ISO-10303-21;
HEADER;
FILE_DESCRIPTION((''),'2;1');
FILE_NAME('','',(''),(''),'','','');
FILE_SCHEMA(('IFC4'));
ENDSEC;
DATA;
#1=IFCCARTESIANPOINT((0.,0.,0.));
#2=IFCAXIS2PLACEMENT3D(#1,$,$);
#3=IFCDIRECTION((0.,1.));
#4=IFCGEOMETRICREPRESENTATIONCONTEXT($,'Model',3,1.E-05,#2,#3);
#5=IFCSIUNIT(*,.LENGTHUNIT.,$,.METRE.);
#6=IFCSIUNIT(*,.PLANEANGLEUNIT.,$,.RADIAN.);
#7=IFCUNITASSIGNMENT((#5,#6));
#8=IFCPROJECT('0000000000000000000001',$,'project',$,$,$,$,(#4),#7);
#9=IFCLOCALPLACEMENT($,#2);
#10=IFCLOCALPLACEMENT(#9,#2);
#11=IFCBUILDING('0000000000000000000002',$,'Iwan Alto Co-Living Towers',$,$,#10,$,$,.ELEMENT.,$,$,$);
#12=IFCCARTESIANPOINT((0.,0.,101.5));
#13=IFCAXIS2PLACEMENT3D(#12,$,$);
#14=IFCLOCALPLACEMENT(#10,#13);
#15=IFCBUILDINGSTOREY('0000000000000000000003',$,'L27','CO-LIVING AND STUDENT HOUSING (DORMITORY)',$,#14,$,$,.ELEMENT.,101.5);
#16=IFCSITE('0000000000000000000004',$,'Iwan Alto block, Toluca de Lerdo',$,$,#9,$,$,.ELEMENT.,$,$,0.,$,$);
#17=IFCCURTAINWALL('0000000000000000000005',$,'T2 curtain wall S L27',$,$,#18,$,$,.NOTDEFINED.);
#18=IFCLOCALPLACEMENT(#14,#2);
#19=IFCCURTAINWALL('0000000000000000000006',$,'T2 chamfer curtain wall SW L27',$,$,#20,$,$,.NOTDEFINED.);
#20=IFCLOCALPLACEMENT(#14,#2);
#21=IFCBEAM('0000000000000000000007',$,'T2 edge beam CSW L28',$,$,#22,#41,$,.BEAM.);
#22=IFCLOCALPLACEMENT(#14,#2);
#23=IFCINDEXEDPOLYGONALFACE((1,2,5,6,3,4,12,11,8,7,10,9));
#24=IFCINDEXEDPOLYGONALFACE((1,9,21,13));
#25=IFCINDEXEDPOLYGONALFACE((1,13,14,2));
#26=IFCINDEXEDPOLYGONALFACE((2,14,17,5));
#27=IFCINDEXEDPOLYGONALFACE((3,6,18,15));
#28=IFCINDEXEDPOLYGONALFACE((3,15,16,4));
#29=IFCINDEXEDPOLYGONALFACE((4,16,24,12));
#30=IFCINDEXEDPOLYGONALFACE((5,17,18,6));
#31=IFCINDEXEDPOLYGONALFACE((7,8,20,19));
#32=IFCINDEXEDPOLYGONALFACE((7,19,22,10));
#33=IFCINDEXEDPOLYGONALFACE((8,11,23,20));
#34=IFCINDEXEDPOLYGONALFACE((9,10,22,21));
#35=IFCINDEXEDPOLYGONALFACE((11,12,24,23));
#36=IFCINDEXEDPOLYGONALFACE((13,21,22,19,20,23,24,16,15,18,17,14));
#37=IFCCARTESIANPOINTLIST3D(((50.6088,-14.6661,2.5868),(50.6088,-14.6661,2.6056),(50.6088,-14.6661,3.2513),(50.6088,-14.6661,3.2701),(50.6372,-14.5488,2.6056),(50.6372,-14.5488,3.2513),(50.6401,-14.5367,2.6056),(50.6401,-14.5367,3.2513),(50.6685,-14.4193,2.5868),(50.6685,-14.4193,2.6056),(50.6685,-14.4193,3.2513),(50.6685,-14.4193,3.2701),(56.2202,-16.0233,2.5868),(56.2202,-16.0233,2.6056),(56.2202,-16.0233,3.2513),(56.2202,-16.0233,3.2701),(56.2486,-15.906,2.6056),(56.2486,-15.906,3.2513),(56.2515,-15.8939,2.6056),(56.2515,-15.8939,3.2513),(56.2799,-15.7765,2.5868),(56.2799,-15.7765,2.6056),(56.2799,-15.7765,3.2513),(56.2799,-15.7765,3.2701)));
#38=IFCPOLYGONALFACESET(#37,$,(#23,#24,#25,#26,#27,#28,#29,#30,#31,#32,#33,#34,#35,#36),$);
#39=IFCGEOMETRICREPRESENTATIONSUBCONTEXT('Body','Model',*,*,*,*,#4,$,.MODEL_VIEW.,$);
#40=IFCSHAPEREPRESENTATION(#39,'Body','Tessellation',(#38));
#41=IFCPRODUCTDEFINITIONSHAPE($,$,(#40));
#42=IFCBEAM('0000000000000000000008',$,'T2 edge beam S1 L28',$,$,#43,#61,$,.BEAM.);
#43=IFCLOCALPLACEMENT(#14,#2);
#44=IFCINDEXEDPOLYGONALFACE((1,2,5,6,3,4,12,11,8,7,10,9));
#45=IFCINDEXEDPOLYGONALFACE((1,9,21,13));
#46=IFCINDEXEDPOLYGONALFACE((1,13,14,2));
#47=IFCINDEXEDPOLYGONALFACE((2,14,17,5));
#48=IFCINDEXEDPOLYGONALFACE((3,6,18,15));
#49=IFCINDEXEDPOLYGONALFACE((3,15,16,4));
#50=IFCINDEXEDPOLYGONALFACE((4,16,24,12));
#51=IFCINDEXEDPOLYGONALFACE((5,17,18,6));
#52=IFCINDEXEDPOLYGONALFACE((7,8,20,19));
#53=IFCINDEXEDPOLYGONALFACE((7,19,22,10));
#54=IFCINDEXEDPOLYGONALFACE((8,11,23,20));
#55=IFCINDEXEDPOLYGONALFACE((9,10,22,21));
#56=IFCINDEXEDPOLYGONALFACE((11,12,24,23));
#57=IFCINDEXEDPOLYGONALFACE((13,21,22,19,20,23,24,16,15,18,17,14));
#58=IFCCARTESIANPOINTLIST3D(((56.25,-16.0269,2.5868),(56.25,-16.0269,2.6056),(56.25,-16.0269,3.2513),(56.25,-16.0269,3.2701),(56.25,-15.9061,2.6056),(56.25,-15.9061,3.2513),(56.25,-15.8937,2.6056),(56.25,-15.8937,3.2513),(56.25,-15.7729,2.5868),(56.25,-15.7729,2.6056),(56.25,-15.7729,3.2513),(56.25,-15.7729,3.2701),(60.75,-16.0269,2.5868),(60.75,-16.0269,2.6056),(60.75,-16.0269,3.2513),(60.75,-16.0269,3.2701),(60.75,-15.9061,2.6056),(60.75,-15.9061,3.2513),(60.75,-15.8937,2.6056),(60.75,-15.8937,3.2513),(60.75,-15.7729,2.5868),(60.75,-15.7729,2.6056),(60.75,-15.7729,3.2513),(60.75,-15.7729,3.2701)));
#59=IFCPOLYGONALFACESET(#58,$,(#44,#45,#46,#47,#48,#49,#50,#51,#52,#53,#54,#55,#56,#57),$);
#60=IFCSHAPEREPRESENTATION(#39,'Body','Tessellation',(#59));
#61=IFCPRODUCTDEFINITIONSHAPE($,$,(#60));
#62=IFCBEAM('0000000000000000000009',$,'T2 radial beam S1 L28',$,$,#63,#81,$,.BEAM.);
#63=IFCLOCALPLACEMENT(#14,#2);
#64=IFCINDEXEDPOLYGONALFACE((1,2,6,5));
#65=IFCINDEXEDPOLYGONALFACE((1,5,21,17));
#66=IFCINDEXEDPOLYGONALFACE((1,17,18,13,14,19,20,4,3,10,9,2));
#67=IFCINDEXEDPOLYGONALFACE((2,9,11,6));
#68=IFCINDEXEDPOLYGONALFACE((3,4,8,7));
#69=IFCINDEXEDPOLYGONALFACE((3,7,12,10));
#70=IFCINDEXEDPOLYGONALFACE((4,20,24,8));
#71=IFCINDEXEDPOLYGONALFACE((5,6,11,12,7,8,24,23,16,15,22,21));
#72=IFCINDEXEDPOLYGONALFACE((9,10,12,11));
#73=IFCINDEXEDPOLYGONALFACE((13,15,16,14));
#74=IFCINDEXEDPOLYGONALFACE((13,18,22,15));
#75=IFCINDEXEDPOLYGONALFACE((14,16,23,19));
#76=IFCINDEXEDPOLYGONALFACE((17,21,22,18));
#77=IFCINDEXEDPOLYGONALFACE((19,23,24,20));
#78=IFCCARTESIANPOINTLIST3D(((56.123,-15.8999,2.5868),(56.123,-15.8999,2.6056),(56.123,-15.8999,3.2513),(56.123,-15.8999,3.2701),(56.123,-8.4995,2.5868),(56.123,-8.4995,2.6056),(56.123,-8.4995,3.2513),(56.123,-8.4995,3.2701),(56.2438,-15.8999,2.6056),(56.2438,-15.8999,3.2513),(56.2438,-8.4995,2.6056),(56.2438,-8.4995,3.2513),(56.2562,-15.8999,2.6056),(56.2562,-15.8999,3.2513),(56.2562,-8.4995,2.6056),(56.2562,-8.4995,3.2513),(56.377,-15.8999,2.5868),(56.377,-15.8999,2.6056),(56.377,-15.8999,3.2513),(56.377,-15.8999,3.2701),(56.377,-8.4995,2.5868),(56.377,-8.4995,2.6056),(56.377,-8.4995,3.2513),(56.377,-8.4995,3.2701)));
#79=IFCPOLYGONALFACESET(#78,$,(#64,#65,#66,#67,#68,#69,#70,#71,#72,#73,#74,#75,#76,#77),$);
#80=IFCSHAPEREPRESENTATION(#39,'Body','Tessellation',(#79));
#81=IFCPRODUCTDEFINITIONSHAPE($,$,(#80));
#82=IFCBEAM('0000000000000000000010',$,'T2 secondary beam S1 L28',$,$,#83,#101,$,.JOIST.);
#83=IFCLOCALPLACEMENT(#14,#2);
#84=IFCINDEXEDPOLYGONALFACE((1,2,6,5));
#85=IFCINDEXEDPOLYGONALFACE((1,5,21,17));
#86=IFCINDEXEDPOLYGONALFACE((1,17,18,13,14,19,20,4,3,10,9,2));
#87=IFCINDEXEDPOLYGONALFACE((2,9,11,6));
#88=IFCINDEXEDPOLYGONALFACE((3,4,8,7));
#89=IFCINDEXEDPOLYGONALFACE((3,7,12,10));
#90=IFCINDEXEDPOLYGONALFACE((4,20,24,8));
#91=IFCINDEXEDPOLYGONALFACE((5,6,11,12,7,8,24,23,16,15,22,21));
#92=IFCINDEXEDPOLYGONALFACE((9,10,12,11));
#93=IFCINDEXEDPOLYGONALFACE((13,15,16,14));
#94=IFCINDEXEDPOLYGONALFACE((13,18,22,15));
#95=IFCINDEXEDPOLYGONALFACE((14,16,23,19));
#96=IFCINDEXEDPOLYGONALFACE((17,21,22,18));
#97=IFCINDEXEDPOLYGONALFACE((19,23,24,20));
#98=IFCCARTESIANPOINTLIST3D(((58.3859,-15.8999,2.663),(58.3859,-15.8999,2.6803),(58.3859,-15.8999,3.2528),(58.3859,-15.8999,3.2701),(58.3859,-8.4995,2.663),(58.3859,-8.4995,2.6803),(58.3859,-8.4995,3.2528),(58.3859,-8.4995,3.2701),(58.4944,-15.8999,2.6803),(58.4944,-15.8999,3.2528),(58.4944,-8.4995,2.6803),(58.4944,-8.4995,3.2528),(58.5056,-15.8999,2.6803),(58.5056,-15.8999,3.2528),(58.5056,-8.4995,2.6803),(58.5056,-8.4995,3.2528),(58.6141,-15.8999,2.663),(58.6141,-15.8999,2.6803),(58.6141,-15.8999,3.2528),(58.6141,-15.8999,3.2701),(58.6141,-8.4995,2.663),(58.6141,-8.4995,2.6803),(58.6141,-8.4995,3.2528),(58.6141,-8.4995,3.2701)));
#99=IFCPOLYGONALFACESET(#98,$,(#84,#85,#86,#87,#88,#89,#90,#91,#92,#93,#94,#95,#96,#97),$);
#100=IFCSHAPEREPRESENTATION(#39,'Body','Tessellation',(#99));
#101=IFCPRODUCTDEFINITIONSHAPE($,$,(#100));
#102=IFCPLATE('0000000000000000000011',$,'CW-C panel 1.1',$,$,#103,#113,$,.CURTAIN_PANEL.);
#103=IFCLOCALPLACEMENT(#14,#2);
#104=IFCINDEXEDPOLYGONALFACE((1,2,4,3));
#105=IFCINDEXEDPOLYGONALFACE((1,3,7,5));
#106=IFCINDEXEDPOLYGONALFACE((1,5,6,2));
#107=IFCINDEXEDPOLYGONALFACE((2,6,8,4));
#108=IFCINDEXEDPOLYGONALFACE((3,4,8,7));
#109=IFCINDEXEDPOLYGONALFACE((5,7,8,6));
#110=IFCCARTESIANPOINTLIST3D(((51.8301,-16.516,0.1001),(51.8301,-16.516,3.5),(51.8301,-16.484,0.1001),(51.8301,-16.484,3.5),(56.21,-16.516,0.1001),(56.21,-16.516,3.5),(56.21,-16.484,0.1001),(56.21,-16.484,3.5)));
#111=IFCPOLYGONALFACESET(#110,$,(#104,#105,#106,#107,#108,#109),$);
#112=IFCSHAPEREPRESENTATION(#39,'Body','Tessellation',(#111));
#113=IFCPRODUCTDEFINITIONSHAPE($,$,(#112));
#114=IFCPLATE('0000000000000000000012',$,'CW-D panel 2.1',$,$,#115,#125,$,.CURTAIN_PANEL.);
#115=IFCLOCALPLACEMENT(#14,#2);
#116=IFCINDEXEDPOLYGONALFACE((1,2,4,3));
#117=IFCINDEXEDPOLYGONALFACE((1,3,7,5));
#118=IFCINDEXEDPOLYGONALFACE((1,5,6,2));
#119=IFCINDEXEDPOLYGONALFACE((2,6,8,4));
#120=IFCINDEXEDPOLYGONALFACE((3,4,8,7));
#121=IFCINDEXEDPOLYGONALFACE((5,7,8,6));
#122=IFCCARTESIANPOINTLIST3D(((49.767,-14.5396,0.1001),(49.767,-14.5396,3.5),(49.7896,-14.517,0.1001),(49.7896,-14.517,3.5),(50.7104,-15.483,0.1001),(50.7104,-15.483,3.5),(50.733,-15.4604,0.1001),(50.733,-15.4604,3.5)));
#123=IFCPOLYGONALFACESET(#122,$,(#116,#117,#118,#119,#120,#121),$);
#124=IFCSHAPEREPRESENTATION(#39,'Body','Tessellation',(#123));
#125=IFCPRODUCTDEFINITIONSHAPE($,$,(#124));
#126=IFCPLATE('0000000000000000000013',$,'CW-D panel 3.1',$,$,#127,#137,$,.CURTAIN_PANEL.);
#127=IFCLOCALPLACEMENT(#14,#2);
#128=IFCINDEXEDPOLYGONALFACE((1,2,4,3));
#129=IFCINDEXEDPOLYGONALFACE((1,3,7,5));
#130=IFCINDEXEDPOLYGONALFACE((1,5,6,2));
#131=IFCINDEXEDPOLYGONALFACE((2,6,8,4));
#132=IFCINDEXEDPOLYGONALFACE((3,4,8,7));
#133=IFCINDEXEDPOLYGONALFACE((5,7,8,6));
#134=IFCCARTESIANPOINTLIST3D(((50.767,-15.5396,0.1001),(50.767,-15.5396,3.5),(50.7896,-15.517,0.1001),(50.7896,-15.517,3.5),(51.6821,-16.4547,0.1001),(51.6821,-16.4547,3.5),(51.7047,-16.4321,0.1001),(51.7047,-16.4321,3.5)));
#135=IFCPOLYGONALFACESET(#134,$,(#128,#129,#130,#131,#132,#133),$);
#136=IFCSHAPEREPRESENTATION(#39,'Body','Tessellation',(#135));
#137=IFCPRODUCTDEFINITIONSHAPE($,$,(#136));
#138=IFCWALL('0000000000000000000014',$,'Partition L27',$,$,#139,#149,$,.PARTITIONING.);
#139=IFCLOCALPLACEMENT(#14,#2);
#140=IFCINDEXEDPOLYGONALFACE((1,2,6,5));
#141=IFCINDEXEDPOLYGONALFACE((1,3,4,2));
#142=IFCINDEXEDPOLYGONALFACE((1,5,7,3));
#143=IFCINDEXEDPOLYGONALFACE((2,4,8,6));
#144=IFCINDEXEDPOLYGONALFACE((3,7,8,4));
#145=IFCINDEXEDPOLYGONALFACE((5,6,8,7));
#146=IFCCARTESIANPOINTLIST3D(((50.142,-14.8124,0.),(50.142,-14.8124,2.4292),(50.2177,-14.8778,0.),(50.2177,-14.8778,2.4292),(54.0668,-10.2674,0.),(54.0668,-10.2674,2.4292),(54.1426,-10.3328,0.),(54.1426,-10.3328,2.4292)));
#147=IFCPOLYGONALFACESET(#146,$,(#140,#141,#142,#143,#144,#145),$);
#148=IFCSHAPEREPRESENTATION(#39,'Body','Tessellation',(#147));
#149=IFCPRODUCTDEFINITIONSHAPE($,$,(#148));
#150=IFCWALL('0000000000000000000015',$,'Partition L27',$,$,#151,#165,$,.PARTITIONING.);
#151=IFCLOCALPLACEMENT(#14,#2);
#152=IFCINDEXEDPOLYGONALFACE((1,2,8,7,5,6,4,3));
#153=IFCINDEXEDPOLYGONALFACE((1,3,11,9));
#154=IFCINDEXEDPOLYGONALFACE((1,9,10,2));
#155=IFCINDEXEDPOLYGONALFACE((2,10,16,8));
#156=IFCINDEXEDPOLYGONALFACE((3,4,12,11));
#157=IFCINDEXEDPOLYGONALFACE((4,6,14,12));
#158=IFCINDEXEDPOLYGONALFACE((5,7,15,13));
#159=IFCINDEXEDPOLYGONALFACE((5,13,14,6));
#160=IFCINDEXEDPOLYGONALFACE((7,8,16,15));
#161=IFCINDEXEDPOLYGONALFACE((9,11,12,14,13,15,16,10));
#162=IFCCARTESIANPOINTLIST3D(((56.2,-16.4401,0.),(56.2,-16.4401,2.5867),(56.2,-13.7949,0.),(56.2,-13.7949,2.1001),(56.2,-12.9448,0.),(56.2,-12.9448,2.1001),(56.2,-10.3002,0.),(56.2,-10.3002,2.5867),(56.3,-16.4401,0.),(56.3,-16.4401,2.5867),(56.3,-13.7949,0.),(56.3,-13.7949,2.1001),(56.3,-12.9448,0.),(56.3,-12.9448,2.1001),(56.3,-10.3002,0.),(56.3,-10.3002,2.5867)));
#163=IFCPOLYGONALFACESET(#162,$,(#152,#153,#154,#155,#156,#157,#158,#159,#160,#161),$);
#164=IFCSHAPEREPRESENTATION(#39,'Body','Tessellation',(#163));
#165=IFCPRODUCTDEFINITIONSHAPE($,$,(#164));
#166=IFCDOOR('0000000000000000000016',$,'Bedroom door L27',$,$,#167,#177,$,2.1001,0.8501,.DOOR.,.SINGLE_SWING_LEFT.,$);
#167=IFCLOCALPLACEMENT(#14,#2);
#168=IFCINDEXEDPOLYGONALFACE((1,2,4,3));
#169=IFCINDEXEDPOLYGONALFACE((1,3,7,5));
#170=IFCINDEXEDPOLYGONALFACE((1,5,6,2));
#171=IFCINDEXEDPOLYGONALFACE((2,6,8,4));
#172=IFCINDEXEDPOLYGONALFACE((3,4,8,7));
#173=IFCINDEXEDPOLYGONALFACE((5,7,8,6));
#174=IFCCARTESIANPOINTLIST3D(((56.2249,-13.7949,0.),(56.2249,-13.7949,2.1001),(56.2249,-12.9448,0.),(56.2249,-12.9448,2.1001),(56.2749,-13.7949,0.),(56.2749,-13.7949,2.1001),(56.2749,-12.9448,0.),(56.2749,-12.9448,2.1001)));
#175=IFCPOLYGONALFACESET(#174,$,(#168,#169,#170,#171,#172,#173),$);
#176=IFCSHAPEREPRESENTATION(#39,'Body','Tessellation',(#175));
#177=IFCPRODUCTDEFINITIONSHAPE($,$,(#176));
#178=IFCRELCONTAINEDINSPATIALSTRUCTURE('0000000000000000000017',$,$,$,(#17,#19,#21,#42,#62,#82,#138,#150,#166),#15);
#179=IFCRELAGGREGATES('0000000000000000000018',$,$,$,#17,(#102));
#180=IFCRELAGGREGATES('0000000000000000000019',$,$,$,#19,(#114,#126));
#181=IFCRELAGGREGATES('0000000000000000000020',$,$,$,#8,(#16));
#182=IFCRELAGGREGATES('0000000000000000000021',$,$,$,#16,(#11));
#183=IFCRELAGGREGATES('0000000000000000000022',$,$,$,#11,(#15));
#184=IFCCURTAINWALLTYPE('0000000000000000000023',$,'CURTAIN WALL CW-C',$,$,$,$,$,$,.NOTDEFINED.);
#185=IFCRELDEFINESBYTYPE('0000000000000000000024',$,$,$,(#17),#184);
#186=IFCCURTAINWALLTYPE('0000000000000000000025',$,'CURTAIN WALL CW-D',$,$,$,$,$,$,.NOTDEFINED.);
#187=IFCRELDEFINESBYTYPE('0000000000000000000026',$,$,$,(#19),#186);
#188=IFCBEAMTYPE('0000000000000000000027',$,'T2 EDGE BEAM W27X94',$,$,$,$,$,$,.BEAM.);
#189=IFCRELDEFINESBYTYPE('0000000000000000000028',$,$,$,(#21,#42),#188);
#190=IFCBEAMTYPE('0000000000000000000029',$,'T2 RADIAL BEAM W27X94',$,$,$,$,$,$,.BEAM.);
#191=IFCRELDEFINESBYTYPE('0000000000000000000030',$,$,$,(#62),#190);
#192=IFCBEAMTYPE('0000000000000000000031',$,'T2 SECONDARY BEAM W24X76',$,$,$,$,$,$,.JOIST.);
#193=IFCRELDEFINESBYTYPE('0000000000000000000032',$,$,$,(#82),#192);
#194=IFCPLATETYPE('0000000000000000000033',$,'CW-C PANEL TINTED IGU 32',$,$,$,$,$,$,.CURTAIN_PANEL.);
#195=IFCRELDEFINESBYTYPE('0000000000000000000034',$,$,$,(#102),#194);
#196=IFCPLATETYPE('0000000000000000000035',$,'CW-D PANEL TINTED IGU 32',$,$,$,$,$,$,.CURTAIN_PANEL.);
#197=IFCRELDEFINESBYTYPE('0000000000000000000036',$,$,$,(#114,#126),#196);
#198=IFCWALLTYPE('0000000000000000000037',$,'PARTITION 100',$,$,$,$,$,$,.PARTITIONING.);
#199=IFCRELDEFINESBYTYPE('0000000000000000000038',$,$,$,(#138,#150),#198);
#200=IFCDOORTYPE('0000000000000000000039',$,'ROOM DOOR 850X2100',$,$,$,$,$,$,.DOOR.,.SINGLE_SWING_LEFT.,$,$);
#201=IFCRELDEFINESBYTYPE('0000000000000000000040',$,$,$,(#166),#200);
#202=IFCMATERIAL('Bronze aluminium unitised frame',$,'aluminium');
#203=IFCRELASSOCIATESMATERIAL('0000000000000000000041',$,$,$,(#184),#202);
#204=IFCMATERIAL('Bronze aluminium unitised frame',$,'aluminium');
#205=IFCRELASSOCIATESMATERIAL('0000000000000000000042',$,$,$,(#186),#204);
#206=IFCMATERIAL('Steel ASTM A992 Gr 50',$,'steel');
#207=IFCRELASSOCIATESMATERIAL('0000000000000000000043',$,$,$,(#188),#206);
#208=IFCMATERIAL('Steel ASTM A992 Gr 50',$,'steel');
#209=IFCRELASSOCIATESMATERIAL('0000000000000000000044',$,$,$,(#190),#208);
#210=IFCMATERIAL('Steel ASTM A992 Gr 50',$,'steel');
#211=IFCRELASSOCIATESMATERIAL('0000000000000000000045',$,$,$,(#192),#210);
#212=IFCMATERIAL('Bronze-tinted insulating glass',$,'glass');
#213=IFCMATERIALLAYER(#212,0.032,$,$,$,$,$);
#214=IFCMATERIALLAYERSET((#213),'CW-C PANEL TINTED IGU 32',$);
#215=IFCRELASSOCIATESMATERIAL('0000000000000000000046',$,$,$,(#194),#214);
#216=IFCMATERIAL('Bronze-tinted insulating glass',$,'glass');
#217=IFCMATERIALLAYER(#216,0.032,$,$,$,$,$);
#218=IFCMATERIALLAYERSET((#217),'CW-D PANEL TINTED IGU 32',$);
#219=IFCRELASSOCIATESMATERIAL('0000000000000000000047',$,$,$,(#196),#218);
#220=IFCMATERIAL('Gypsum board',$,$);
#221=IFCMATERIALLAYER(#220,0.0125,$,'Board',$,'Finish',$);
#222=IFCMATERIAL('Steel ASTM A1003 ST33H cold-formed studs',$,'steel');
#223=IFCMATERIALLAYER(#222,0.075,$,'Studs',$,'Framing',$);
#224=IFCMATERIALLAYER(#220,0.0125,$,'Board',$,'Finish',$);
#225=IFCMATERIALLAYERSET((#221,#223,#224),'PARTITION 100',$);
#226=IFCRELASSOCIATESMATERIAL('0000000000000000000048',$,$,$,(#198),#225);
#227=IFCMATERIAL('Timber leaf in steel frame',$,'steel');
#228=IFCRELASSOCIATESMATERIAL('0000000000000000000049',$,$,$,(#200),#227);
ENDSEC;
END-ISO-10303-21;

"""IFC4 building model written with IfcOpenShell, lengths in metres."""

from ifc_helpers import new_model, si_unit, direction, frame, frame_2d, origin, origin_2d, place, context, subcontext, project, spatial, rectangle, i_section, extrude, material, layer, layer_set, material_profile, profile_set, type_object, element, fill, aggregate, save


model = new_model("IFC4")

# Units and contexts
model_context = context("Model", 3, precision=1e-05, world=origin(), true_north=direction((0.0, 1.0)))
body_context = subcontext(model_context, "Body", "Model", "MODEL_VIEW")
ifc_project = project(units=[si_unit("LENGTHUNIT", "METRE"), si_unit("PLANEANGLEUNIT", "RADIAN")], contexts=[model_context])

# Site, building, storey
site_placement = place(None, origin())
site = spatial("IfcSite", under=ifc_project, at=site_placement, Name="Iwan Alto block, Toluca de Lerdo", CompositionType="ELEMENT", RefElevation=0.0)
building_placement = place(site_placement, origin())
building = spatial("IfcBuilding", under=site, at=building_placement, Name="Iwan Alto Co-Living Towers", CompositionType="ELEMENT")
storey_placement = place(building_placement, frame((0.0, 0.0, 101.5)))
storey = spatial("IfcBuildingStorey", under=building, at=storey_placement, Name="L27", Description="CO-LIVING AND STUDENT HOUSING (DORMITORY)", CompositionType="ELEMENT", Elevation=101.5)

# Curtain walls
ifc_material_1 = material(Name="Bronze aluminium unitised frame", Category="aluminium")
curtain_wall_type_1 = type_object("IfcCurtainWallType", Name="CURTAIN WALL CW-C", PredefinedType="NOTDEFINED", material=ifc_material_1)
curtain_wall_1_placement = place(storey_placement, origin())
curtain_wall_1 = element("IfcCurtainWall", 1, at=curtain_wall_1_placement, inside=storey, type_object=curtain_wall_type_1, Name="T2 curtain wall S L27", PredefinedType="NOTDEFINED")
ifc_material_2 = material(Name="Bronze aluminium unitised frame", Category="aluminium")
curtain_wall_type_2 = type_object("IfcCurtainWallType", Name="CURTAIN WALL CW-D", PredefinedType="NOTDEFINED", material=ifc_material_2)
curtain_wall_2_placement = place(storey_placement, origin())
curtain_wall_2 = element("IfcCurtainWall", 2, at=curtain_wall_2_placement, inside=storey, type_object=curtain_wall_type_2, Name="T2 chamfer curtain wall SW L27", PredefinedType="NOTDEFINED")

# Beams
ifc_material_3 = material(Name="Steel ASTM A992 Gr 50", Category="steel")
ifc_material_profile_1 = material_profile(ifc_material_3, i_section(OverallWidth=0.2539, OverallDepth=0.6833, WebThickness=0.0125, FlangeThickness=0.0188, at=origin_2d()), Name="W27X94")
ifc_profile_set_1 = profile_set([ifc_material_profile_1], Name="Steel ASTM A992 Gr 50")
beam_type_1 = type_object("IfcBeamType", Name="T2 EDGE BEAM W27X94", PredefinedType="BEAM", material=ifc_profile_set_1)
beam_1_placement = place(storey_placement, frame((50.6387, -14.5427, 2.9285), z_axis=(0.971975, -0.235086, 0.0), x_axis=(0.235086, 0.971975, 0.0)))
element("IfcBeam", 3, at=beam_1_placement, inside=storey, type_object=beam_type_1, Name="T2 edge beam CSW L28", PredefinedType="BEAM", context=body_context, shape_type="SweptSolid", body=[
    extrude(i_section(OverallWidth=0.2539, OverallDepth=0.6833, WebThickness=0.0125, FlangeThickness=0.0188, at=origin_2d()), origin(), (0.0, 0.0, 1.0), 5.7732),
])
beam_2_placement = place(storey_placement, frame((56.25, -15.8999, 2.9285), z_axis=(1.0, 0.0, 0.0), x_axis=(0.0, 1.0, 0.0)))
element("IfcBeam", 4, at=beam_2_placement, inside=storey, type_object=beam_type_1, Name="T2 edge beam S1 L28", PredefinedType="BEAM", context=body_context, shape_type="SweptSolid", body=[
    extrude(i_section(OverallWidth=0.2539, OverallDepth=0.6833, WebThickness=0.0125, FlangeThickness=0.0188, at=origin_2d()), origin(), (0.0, 0.0, 1.0), 4.5),
])
ifc_material_4 = material(Name="Steel ASTM A992 Gr 50", Category="steel")
ifc_material_profile_2 = material_profile(ifc_material_4, i_section(OverallWidth=0.2539, OverallDepth=0.6833, WebThickness=0.0125, FlangeThickness=0.0188, at=origin_2d()), Name="W27X94")
ifc_profile_set_2 = profile_set([ifc_material_profile_2], Name="Steel ASTM A992 Gr 50")
beam_type_2 = type_object("IfcBeamType", Name="T2 RADIAL BEAM W27X94", PredefinedType="BEAM", material=ifc_profile_set_2)
beam_3_placement = place(storey_placement, frame((56.25, -15.8999, 2.9285), z_axis=(0.0, 1.0, 0.0), x_axis=(-1.0, 0.0, 0.0)))
element("IfcBeam", 5, at=beam_3_placement, inside=storey, type_object=beam_type_2, Name="T2 radial beam S1 L28", PredefinedType="BEAM", context=body_context, shape_type="SweptSolid", body=[
    extrude(i_section(OverallWidth=0.2539, OverallDepth=0.6833, WebThickness=0.0125, FlangeThickness=0.0188, at=origin_2d()), origin(), (0.0, 0.0, 1.0), 7.4004),
])
ifc_material_5 = material(Name="Steel ASTM A992 Gr 50", Category="steel")
ifc_material_profile_3 = material_profile(ifc_material_5, i_section(OverallWidth=0.2283, OverallDepth=0.6072, WebThickness=0.0112, FlangeThickness=0.0173, at=origin_2d()), Name="W24X76")
ifc_profile_set_3 = profile_set([ifc_material_profile_3], Name="Steel ASTM A992 Gr 50")
beam_type_3 = type_object("IfcBeamType", Name="T2 SECONDARY BEAM W24X76", PredefinedType="JOIST", material=ifc_profile_set_3)
beam_4_placement = place(storey_placement, frame((58.5, -15.8999, 2.9666), z_axis=(0.0, 1.0, 0.0), x_axis=(-1.0, 0.0, 0.0)))
element("IfcBeam", 6, at=beam_4_placement, inside=storey, type_object=beam_type_3, Name="T2 secondary beam S1 L28", PredefinedType="JOIST", context=body_context, shape_type="SweptSolid", body=[
    extrude(i_section(OverallWidth=0.2283, OverallDepth=0.6072, WebThickness=0.0112, FlangeThickness=0.0173, at=origin_2d()), origin(), (0.0, 0.0, 1.0), 7.4004),
])

# Plates
ifc_material_6 = material(Name="Bronze-tinted insulating glass", Category="glass")
ifc_layer_1 = layer(ifc_material_6, 0.032)
ifc_layer_set_1 = layer_set([ifc_layer_1], Name="CW-C PANEL TINTED IGU 32")
plate_type_1 = type_object("IfcPlateType", Name="CW-C PANEL TINTED IGU 32", PredefinedType="CURTAIN_PANEL", material=ifc_layer_set_1)
plate_1_placement = place(storey_placement, frame((54.02, -16.5, 0.1001), z_axis=(0.0, 0.0, 1.0), x_axis=(1.0, 0.0, 0.0)))
plate_1 = element("IfcPlate", 7, at=plate_1_placement, type_object=plate_type_1, Name="CW-C panel 1.1", PredefinedType="CURTAIN_PANEL", context=body_context, shape_type="SweptSolid", body=[
    extrude(rectangle(XDim=4.3799, YDim=0.032, at=origin_2d()), origin(), (0.0, 0.0, 1.0), 3.3999),
])
aggregate(curtain_wall_1, [plate_1])
ifc_material_7 = material(Name="Bronze-tinted insulating glass", Category="glass")
ifc_layer_2 = layer(ifc_material_7, 0.032)
ifc_layer_set_2 = layer_set([ifc_layer_2], Name="CW-D PANEL TINTED IGU 32")
plate_type_2 = type_object("IfcPlateType", Name="CW-D PANEL TINTED IGU 32", PredefinedType="CURTAIN_PANEL", material=ifc_layer_set_2)
plate_2_placement = place(storey_placement, frame((50.25, -15.0, 0.1001), z_axis=(0.0, 0.0, 1.0), x_axis=(0.707107, -0.707107, 0.0)))
plate_2 = element("IfcPlate", 8, at=plate_2_placement, type_object=plate_type_2, Name="CW-D panel 2.1", PredefinedType="CURTAIN_PANEL", context=body_context, shape_type="SweptSolid", body=[
    extrude(rectangle(XDim=1.3342, YDim=0.032, at=origin_2d()), origin(), (0.0, 0.0, 1.0), 3.3999),
])
plate_3_placement = place(storey_placement, frame((51.2358, -15.9858, 0.1001), z_axis=(0.0, 0.0, 1.0), x_axis=(0.707107, -0.707107, 0.0)))
plate_3 = element("IfcPlate", 9, at=plate_3_placement, type_object=plate_type_2, Name="CW-D panel 3.1", PredefinedType="CURTAIN_PANEL", context=body_context, shape_type="SweptSolid", body=[
    extrude(rectangle(XDim=1.2942, YDim=0.032, at=origin_2d()), origin(), (0.0, 0.0, 1.0), 3.3999),
])
aggregate(curtain_wall_2, [plate_2, plate_3])

# Wall
ifc_material_8 = material(Name="Gypsum board")
ifc_layer_3 = layer(ifc_material_8, 0.0125, Name="Board", Category="Finish")
ifc_material_9 = material(Name="Steel ASTM A1003 ST33H cold-formed studs", Category="steel")
ifc_layer_4 = layer(ifc_material_9, 0.075, Name="Studs", Category="Framing")
ifc_layer_5 = layer(ifc_material_8, 0.0125, Name="Board", Category="Finish")
ifc_layer_set_3 = layer_set([ifc_layer_3, ifc_layer_4, ifc_layer_5], Name="PARTITION 100")
wall_type = type_object("IfcWallType", Name="PARTITION 100", PredefinedType="PARTITIONING", material=ifc_layer_set_3)
wall_1_placement = place(storey_placement, frame((50.1799, -14.845, 0.0), z_axis=(0.0, 0.0, 1.0), x_axis=(0.653586, 0.756852, 0.0)))
element("IfcWall", 10, at=wall_1_placement, inside=storey, type_object=wall_type, Name="Partition L27", PredefinedType="PARTITIONING", context=body_context, shape_type="SweptSolid", body=[
    extrude(rectangle(XDim=6.0051, YDim=0.1001, at=frame_2d((3.0024, 0.0))), origin(), (0.0, 0.0, 1.0), 2.4292),
])

# Wall, opening, door
wall_2_placement = place(storey_placement, frame((56.25, -16.4399, 0.0), z_axis=(0.0, 0.0, 1.0), x_axis=(0.0, 1.0, 0.0)))
wall_2 = element("IfcWall", 11, at=wall_2_placement, inside=storey, type_object=wall_type, Name="Partition L27", PredefinedType="PARTITIONING", context=body_context, shape_type="SweptSolid", body=[
    extrude(rectangle(XDim=6.1399, YDim=0.1001, at=frame_2d((3.0698, 0.0))), origin(), (0.0, 0.0, 1.0), 2.5867),
])
opening_placement = place(wall_2_placement, frame((2.645, 0.0, 0.0)))
opening = element("IfcOpeningElement", 12, at=opening_placement, cuts=wall_2, PredefinedType="OPENING", context=body_context, shape_type="SweptSolid", body=[
    extrude(rectangle(XDim=0.8501, YDim=2.1001, at=frame_2d((0.425, 1.05))), frame((0.0, 0.0601, 0.0), z_axis=(0.0, -1.0, 0.0), x_axis=(1.0, 0.0, 0.0)), (0.0, 0.0, 1.0), 0.1201),
])
ifc_material_10 = material(Name="Timber leaf in steel frame", Category="steel")
door_type = type_object("IfcDoorType", Name="ROOM DOOR 850X2100", OperationType="SINGLE_SWING_LEFT", PredefinedType="DOOR", material=ifc_material_10)
door_placement = place(opening_placement, frame((0.8501, 0.0, 0.0), z_axis=(0.0, 0.0, 1.0), x_axis=(-1.0, 0.0, 0.0)))
door = element("IfcDoor", 13, at=door_placement, inside=storey, type_object=door_type, Name="Bedroom door L27", OperationType="SINGLE_SWING_LEFT", OverallHeight=2.1001, OverallWidth=0.8501, PredefinedType="DOOR", context=body_context, shape_type="SweptSolid", body=[
    extrude(rectangle(XDim=0.8501, YDim=2.1001, at=frame_2d((0.425, 1.05))), frame((0.0, 0.0249, 0.0), z_axis=(0.0, -1.0, 0.0), x_axis=(1.0, 0.0, 0.0)), (0.0, 0.0, 1.0), 0.05),
])
fill(opening, door)

save(model, "model.ifc")
